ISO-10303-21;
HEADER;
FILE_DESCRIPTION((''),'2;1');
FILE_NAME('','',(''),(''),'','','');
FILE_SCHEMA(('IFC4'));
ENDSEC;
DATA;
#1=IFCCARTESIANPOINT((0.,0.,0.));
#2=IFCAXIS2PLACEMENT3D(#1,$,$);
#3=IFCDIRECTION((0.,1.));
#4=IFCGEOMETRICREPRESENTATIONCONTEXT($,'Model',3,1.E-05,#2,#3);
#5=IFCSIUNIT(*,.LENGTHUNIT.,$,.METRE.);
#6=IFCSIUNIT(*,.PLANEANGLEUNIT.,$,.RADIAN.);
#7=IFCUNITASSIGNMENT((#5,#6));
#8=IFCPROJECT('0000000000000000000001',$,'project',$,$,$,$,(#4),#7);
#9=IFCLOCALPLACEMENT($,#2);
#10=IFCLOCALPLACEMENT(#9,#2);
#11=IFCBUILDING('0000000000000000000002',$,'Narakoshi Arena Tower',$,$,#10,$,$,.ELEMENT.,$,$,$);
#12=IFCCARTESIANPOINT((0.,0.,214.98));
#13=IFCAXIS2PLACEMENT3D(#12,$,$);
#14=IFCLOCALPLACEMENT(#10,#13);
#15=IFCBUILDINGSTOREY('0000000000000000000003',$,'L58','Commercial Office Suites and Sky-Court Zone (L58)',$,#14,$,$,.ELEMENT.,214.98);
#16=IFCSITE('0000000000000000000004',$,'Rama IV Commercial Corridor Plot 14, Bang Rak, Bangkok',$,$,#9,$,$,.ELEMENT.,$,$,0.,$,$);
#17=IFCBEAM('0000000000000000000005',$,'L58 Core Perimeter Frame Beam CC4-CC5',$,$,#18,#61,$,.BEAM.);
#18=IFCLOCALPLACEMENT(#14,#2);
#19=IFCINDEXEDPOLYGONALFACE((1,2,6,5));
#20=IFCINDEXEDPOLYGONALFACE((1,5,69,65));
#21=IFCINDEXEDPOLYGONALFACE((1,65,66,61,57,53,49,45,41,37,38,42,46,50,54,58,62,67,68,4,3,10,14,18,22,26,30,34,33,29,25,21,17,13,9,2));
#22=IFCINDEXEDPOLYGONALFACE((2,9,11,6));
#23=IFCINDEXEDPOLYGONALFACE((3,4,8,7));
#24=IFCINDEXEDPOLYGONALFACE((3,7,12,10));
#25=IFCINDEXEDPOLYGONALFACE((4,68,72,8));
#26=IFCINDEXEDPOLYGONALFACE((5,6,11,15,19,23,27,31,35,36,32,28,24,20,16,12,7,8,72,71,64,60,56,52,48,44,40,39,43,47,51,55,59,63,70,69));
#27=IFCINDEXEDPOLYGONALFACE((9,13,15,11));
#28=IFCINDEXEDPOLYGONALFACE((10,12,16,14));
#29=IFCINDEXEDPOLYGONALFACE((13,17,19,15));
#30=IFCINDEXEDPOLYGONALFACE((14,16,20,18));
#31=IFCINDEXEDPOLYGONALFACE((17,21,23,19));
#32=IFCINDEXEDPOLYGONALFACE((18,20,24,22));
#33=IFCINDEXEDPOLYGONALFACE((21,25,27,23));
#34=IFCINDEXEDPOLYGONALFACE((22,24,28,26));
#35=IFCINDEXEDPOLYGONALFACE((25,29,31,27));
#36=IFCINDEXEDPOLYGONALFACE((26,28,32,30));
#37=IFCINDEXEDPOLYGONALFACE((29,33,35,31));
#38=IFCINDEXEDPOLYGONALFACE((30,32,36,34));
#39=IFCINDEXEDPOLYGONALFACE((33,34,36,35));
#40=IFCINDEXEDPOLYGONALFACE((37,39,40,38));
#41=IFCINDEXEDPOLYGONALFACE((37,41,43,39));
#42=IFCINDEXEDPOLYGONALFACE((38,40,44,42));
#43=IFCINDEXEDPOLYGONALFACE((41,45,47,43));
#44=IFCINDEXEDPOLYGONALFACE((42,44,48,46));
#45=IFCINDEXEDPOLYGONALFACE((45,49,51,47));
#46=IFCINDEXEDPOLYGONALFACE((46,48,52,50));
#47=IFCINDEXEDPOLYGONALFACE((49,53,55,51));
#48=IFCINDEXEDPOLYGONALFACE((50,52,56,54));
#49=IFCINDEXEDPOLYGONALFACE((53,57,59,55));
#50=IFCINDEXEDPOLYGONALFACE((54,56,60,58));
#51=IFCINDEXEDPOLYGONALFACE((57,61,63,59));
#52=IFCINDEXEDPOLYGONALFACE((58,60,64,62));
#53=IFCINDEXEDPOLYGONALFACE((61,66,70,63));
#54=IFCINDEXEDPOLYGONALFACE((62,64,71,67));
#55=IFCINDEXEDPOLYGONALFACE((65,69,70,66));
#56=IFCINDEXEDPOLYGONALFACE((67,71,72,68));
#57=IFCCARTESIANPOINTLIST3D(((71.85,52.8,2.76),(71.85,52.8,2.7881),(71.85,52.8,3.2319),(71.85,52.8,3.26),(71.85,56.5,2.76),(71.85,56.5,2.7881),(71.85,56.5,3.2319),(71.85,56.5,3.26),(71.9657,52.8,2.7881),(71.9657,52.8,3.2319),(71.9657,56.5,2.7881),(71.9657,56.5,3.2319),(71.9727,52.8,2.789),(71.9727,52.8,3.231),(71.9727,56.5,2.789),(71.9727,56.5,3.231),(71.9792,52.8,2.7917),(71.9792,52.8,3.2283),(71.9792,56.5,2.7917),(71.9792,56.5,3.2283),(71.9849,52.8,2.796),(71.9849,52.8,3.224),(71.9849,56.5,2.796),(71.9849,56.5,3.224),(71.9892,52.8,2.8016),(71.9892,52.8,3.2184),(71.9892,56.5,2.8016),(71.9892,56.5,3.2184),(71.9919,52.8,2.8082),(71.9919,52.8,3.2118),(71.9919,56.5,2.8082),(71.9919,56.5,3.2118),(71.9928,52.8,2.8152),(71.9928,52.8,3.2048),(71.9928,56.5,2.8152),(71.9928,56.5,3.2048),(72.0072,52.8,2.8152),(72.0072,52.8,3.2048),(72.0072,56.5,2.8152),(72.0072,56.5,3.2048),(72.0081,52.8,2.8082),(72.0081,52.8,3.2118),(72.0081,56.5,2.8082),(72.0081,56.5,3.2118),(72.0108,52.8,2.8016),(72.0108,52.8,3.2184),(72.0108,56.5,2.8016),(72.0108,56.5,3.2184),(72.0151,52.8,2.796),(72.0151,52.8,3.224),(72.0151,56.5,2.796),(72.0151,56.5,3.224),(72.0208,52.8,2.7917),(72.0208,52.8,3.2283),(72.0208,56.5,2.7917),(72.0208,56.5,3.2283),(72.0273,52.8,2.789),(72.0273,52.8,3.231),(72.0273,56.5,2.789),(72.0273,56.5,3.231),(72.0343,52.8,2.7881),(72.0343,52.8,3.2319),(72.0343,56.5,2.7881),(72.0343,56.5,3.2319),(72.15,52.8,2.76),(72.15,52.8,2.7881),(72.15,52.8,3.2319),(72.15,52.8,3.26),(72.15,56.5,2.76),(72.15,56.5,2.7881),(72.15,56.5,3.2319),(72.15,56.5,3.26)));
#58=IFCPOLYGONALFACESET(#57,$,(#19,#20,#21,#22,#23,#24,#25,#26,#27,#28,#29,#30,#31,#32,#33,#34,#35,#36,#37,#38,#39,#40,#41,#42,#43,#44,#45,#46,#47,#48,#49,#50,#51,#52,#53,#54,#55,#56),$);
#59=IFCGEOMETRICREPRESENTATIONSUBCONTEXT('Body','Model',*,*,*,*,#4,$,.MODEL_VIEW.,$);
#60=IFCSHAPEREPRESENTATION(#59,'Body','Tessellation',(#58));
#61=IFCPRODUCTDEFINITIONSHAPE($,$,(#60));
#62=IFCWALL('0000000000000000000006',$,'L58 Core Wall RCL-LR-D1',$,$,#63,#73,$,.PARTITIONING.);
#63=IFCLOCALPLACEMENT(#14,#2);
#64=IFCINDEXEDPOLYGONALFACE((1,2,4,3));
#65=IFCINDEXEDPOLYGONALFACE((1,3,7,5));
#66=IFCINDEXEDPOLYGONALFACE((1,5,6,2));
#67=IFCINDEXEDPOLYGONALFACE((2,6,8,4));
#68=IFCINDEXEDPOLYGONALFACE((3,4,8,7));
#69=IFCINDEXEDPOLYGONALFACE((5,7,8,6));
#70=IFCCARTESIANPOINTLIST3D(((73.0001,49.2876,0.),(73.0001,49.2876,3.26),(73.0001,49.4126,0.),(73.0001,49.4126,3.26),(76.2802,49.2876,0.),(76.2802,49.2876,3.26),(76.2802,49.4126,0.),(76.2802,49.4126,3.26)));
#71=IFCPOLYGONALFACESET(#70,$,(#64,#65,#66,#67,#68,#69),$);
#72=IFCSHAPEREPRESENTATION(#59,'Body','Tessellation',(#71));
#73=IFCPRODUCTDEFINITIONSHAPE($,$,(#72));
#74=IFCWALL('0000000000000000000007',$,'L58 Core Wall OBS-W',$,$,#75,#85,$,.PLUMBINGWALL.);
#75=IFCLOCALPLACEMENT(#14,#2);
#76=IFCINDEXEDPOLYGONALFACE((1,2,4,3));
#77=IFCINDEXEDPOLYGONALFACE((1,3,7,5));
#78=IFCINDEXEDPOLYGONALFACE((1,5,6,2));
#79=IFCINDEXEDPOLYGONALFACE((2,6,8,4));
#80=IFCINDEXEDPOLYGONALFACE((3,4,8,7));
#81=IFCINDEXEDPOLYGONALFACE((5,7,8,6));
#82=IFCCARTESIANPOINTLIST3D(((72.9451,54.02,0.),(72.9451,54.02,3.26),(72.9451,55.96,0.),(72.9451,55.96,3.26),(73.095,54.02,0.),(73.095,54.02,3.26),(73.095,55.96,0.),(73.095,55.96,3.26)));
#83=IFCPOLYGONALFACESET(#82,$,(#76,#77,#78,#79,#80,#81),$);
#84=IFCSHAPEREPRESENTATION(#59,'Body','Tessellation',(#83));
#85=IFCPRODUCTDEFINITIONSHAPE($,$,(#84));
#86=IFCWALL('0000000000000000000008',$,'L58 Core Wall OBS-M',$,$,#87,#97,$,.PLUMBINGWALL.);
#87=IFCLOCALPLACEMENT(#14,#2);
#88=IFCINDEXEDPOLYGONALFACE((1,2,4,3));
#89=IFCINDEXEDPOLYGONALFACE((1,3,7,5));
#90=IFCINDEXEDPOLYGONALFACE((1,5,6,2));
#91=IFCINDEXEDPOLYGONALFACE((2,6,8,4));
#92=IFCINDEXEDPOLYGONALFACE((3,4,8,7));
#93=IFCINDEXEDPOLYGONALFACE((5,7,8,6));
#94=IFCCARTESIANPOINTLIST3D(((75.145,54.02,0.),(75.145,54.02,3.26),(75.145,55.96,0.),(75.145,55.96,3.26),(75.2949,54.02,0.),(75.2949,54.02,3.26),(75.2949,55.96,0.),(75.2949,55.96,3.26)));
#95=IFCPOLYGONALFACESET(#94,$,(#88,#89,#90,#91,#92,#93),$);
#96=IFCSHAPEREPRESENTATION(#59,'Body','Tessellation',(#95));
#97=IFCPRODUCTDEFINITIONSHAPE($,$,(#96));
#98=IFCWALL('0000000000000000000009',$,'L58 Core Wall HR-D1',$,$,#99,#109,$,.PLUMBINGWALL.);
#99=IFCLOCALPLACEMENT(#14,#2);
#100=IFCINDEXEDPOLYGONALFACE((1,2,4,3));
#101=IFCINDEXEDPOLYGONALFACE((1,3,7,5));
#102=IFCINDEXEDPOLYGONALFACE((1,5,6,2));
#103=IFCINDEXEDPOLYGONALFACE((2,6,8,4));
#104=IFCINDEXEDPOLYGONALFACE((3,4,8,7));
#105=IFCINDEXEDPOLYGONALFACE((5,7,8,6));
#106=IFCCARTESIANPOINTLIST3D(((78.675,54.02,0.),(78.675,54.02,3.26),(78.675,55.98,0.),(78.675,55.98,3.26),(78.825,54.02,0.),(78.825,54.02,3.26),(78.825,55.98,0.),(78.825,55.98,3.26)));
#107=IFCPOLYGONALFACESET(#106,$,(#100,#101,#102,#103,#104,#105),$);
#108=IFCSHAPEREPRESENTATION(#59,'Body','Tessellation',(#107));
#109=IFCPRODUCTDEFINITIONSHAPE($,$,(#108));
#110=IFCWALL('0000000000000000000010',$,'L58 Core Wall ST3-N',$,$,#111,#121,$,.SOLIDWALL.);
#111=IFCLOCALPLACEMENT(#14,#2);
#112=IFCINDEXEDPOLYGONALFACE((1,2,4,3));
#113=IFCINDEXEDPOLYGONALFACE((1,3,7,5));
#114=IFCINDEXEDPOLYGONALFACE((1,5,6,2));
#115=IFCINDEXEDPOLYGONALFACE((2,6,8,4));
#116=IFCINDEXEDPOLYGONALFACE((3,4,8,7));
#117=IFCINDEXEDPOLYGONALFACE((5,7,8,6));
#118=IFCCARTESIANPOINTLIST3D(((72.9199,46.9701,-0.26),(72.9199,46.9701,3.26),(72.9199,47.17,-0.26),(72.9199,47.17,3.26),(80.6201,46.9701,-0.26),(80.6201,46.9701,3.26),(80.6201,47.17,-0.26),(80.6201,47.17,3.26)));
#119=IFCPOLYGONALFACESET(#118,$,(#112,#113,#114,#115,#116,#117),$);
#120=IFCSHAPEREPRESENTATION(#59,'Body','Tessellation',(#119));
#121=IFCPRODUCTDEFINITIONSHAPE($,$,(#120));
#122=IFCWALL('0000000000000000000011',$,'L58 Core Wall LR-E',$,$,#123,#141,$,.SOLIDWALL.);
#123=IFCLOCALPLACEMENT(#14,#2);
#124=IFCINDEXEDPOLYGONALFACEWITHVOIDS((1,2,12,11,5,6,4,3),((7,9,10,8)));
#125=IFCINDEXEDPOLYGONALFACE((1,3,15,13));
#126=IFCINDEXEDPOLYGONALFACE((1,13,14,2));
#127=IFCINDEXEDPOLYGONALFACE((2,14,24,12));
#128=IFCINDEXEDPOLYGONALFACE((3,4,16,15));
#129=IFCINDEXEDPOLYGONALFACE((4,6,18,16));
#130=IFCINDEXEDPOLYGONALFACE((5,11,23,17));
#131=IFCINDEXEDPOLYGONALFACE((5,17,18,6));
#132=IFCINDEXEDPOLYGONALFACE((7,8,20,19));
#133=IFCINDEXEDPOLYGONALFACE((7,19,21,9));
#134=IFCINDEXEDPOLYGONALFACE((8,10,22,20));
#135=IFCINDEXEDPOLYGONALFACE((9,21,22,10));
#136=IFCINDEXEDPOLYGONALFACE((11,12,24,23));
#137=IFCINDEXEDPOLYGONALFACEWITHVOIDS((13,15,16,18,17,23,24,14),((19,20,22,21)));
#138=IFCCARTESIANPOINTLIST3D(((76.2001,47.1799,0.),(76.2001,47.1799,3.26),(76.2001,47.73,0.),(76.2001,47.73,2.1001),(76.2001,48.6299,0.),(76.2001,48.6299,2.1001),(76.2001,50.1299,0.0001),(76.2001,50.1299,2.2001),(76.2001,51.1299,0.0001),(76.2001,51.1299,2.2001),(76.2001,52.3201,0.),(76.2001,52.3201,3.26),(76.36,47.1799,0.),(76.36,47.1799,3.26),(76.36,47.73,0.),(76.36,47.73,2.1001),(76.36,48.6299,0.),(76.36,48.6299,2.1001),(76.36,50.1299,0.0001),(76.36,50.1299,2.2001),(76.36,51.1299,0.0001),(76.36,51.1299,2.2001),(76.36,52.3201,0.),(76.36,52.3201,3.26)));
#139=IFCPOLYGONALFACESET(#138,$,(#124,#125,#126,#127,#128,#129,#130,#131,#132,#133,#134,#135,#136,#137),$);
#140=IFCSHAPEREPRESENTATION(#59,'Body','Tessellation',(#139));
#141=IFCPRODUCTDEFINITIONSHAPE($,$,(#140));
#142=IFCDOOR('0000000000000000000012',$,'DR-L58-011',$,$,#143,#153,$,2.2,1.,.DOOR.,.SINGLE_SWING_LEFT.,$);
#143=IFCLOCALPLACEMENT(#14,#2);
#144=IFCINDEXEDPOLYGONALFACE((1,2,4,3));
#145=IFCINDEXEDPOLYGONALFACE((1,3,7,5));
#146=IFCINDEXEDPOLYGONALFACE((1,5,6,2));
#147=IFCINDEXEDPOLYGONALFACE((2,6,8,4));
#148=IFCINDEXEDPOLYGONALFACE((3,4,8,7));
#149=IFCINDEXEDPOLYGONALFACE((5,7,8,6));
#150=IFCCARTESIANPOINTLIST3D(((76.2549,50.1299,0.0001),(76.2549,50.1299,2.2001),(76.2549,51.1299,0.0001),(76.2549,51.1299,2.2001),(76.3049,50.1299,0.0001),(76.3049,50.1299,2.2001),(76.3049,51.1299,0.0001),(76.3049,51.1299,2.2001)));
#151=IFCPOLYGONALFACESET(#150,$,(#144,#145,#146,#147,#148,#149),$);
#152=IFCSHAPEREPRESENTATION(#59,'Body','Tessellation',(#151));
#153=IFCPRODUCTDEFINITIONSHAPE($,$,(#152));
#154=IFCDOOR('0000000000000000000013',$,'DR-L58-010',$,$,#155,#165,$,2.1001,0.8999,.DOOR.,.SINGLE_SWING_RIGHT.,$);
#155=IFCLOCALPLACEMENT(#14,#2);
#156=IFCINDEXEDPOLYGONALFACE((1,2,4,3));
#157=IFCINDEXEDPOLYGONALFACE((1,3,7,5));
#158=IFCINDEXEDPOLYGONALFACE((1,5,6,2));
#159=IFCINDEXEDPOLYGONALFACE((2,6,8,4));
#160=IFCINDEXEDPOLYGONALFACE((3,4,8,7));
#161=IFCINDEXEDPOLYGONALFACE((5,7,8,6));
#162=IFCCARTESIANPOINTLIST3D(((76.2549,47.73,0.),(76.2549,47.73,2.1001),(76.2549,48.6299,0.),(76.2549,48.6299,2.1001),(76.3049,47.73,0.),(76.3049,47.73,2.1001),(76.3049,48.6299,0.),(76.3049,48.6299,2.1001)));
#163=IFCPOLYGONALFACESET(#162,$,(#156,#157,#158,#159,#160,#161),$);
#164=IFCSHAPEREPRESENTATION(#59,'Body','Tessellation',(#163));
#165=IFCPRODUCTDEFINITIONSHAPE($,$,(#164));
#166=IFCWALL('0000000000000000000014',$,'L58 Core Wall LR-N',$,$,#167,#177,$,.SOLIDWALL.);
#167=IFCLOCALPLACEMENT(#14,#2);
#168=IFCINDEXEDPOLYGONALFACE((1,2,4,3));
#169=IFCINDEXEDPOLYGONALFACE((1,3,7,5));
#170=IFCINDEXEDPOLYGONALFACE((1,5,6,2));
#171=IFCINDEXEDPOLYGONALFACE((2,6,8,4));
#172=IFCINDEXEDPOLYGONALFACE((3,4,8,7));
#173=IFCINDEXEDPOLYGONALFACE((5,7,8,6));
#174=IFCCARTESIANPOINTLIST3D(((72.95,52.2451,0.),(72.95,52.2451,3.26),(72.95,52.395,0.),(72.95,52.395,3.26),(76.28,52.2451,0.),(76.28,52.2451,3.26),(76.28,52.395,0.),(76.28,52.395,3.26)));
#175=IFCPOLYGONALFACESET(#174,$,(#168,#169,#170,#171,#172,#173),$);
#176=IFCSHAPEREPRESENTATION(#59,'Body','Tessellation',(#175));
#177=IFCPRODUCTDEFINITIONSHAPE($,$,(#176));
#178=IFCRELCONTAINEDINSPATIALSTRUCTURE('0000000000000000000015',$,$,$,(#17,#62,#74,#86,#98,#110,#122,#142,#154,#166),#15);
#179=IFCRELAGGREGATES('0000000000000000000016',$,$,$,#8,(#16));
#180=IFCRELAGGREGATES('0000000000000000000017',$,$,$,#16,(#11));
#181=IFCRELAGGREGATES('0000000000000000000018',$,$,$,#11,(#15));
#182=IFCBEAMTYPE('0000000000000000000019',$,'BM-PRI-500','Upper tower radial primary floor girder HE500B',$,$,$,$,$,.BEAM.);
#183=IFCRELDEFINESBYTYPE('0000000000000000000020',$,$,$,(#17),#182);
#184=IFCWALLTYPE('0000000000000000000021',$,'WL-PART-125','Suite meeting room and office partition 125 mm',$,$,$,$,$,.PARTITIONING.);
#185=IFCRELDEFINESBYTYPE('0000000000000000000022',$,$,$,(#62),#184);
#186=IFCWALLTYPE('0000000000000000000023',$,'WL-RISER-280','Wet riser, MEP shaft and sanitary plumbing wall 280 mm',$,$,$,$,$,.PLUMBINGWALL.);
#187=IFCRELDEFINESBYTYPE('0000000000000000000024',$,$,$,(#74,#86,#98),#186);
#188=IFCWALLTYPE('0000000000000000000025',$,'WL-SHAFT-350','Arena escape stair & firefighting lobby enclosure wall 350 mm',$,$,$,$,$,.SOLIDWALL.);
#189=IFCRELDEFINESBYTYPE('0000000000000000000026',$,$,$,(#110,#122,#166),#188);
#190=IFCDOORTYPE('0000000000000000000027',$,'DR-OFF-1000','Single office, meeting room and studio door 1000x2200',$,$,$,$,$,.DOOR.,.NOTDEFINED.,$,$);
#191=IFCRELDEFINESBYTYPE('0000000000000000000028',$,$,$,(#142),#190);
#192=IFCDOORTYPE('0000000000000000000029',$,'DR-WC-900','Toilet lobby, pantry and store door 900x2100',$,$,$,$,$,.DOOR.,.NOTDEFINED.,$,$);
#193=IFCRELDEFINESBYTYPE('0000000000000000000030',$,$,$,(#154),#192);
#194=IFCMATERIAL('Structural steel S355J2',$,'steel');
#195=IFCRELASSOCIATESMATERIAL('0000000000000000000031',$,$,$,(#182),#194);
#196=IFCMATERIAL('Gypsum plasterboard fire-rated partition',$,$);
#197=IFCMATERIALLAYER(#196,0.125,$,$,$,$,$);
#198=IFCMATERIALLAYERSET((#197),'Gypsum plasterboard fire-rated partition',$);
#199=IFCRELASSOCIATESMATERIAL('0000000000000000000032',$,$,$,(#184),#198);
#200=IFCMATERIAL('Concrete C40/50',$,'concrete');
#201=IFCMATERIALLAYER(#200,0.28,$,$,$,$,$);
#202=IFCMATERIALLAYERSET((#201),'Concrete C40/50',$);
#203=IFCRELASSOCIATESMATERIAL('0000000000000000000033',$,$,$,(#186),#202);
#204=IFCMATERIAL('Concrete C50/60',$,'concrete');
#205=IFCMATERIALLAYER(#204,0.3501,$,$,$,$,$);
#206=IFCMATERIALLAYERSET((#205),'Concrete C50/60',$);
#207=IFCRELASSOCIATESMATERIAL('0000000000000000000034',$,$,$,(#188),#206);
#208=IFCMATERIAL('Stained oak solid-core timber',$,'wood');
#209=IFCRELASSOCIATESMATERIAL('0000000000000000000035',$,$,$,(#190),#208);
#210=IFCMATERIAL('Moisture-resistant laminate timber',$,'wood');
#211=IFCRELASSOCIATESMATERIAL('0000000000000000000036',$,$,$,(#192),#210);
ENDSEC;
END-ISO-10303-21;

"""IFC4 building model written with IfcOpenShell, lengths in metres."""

from ifc_helpers import new_model, si_unit, direction, frame, frame_2d, origin, origin_2d, place, context, subcontext, project, spatial, rectangle, i_section, extrude, material, layer, layer_set, material_profile, profile_set, type_object, element, fill, save


model = new_model("IFC4")

# Units and contexts
model_context = context("Model", 3, precision=1e-05, world=origin(), true_north=direction((0.0, 1.0)))
body_context = subcontext(model_context, "Body", "Model", "MODEL_VIEW")
ifc_project = project(units=[si_unit("LENGTHUNIT", "METRE"), si_unit("PLANEANGLEUNIT", "RADIAN")], contexts=[model_context])

# Site, building, storey
site_placement = place(None, origin())
site = spatial("IfcSite", under=ifc_project, at=site_placement, Name="Rama IV Commercial Corridor Plot 14, Bang Rak, Bangkok", CompositionType="ELEMENT", RefElevation=0.0)
building_placement = place(site_placement, origin())
building = spatial("IfcBuilding", under=site, at=building_placement, Name="Narakoshi Arena Tower", CompositionType="ELEMENT")
storey_placement = place(building_placement, frame((0.0, 0.0, 214.98)))
storey = spatial("IfcBuildingStorey", under=building, at=storey_placement, Name="L58", Description="Commercial Office Suites and Sky-Court Zone (L58)", CompositionType="ELEMENT", Elevation=214.98)

# Beam
ifc_material_1 = material(Name="Structural steel S355J2", Category="steel")
ifc_material_profile = material_profile(ifc_material_1, i_section(OverallWidth=0.3, OverallDepth=0.5, WebThickness=0.0144, FlangeThickness=0.0281, FilletRadius=0.0271, at=origin_2d()), Name="HE500B")
ifc_profile_set = profile_set([ifc_material_profile], Name="Structural steel S355J2")
beam_type = type_object("IfcBeamType", Name="BM-PRI-500", Description="Upper tower radial primary floor girder HE500B", PredefinedType="BEAM", material=ifc_profile_set)
beam_placement = place(storey_placement, frame((72.0, 52.8, 3.01), z_axis=(0.0, 1.0, 0.0), x_axis=(-1.0, 0.0, 0.0)))
element("IfcBeam", 1, at=beam_placement, inside=storey, type_object=beam_type, Name="L58 Core Perimeter Frame Beam CC4-CC5", PredefinedType="BEAM", context=body_context, shape_type="SweptSolid", body=[
    extrude(i_section(OverallWidth=0.3, OverallDepth=0.5, WebThickness=0.0144, FlangeThickness=0.0281, FilletRadius=0.0271, at=origin_2d()), origin(), (0.0, 0.0, 1.0), 3.7),
])

# Walls
ifc_material_2 = material(Name="Gypsum plasterboard fire-rated partition")
ifc_layer_1 = layer(ifc_material_2, 0.125)
ifc_layer_set_1 = layer_set([ifc_layer_1], Name="Gypsum plasterboard fire-rated partition")
wall_type_1 = type_object("IfcWallType", Name="WL-PART-125", Description="Suite meeting room and office partition 125 mm", PredefinedType="PARTITIONING", material=ifc_layer_set_1)
wall_1_placement = place(storey_placement, frame((73.0, 49.3501, 0.0), z_axis=(0.0, 0.0, 1.0), x_axis=(1.0, 0.0, 0.0)))
element("IfcWall", 2, at=wall_1_placement, inside=storey, type_object=wall_type_1, Name="L58 Core Wall RCL-LR-D1", PredefinedType="PARTITIONING", context=body_context, shape_type="SweptSolid", body=[
    extrude(rectangle(XDim=3.28, YDim=0.125, at=frame_2d((1.6401, 0.0))), origin(), (0.0, 0.0, 1.0), 3.26),
])
ifc_material_3 = material(Name="Concrete C40/50", Category="concrete")
ifc_layer_2 = layer(ifc_material_3, 0.28)
ifc_layer_set_2 = layer_set([ifc_layer_2], Name="Concrete C40/50")
wall_type_2 = type_object("IfcWallType", Name="WL-RISER-280", Description="Wet riser, MEP shaft and sanitary plumbing wall 280 mm", PredefinedType="PLUMBINGWALL", material=ifc_layer_set_2)
for number, where, z_axis, x_axis, name in (
    (3, (73.02, 54.02, 0.0), (0.0, 0.0, 1.0), (0.0, 1.0, 0.0), "L58 Core Wall OBS-W"),
    (4, (75.22, 54.02, 0.0), (0.0, 0.0, 1.0), (0.0, 1.0, 0.0), "L58 Core Wall OBS-M"),
):
    element("IfcWall", number, at=place(storey_placement, frame(where, z_axis=z_axis, x_axis=x_axis)), inside=storey, type_object=wall_type_2, Name=name, PredefinedType="PLUMBINGWALL", context=body_context, shape_type="SweptSolid", body=[
        extrude(rectangle(XDim=1.9399, YDim=0.1499, at=frame_2d((0.97, 0.0))), origin(), (0.0, 0.0, 1.0), 3.26),
    ])
wall_2_placement = place(storey_placement, frame((78.75, 54.02, 0.0), z_axis=(0.0, 0.0, 1.0), x_axis=(0.0, 1.0, 0.0)))
element("IfcWall", 5, at=wall_2_placement, inside=storey, type_object=wall_type_2, Name="L58 Core Wall HR-D1", PredefinedType="PLUMBINGWALL", context=body_context, shape_type="SweptSolid", body=[
    extrude(rectangle(XDim=1.96, YDim=0.1499, at=frame_2d((0.98, 0.0))), origin(), (0.0, 0.0, 1.0), 3.26),
])
ifc_material_4 = material(Name="Concrete C50/60", Category="concrete")
ifc_layer_3 = layer(ifc_material_4, 0.3501)
ifc_layer_set_3 = layer_set([ifc_layer_3], Name="Concrete C50/60")
wall_type_3 = type_object("IfcWallType", Name="WL-SHAFT-350", Description="Arena escape stair & firefighting lobby enclosure wall 350 mm", PredefinedType="SOLIDWALL", material=ifc_layer_set_3)
wall_3_placement = place(storey_placement, frame((72.9199, 47.0701, -0.26), z_axis=(0.0, 0.0, 1.0), x_axis=(1.0, 0.0, 0.0)))
element("IfcWall", 6, at=wall_3_placement, inside=storey, type_object=wall_type_3, Name="L58 Core Wall ST3-N", PredefinedType="SOLIDWALL", context=body_context, shape_type="SweptSolid", body=[
    extrude(rectangle(XDim=7.7002, YDim=0.2, at=frame_2d((3.8501, 0.0))), origin(), (0.0, 0.0, 1.0), 3.52),
])

# Wall, openings, doors
wall_4_placement = place(storey_placement, frame((76.28, 47.1799, 0.0), z_axis=(0.0, 0.0, 1.0), x_axis=(0.0, 1.0, 0.0)))
wall_4 = element("IfcWall", 7, at=wall_4_placement, inside=storey, type_object=wall_type_3, Name="L58 Core Wall LR-E", PredefinedType="SOLIDWALL", context=body_context, shape_type="SweptSolid", body=[
    extrude(rectangle(XDim=5.1401, YDim=0.1599, at=frame_2d((2.5701, 0.0))), origin(), (0.0, 0.0, 1.0), 3.26),
])
opening_1_placement = place(wall_4_placement, frame((0.55, 0.0, 0.0)))
opening_1 = element("IfcOpeningElement", 8, at=opening_1_placement, cuts=wall_4, PredefinedType="OPENING", context=body_context, shape_type="SweptSolid", body=[
    extrude(rectangle(XDim=0.8999, YDim=2.1001, at=frame_2d((0.45, 1.05))), frame((0.0, 0.0898, 0.0), z_axis=(0.0, -1.0, 0.0), x_axis=(1.0, 0.0, 0.0)), (0.0, 0.0, 1.0), 0.1799),
])
opening_2_placement = place(wall_4_placement, frame((2.95, 0.0, 0.0)))
opening_2 = element("IfcOpeningElement", 9, at=opening_2_placement, cuts=wall_4, PredefinedType="OPENING", context=body_context, shape_type="SweptSolid", body=[
    extrude(rectangle(XDim=1.0, YDim=2.2, at=frame_2d((0.5, 1.1001))), frame((0.0, 0.0898, 0.0), z_axis=(0.0, -1.0, 0.0), x_axis=(1.0, 0.0, 0.0)), (0.0, 0.0, 1.0), 0.1799),
])
ifc_material_5 = material(Name="Stained oak solid-core timber", Category="wood")
door_type_1 = type_object("IfcDoorType", Name="DR-OFF-1000", Description="Single office, meeting room and studio door 1000x2200", OperationType="NOTDEFINED", PredefinedType="DOOR", material=ifc_material_5)
door_1_placement = place(opening_2_placement, frame((1.0, 0.0, 0.0), z_axis=(0.0, 0.0, 1.0), x_axis=(-1.0, 0.0, 0.0)))
door_1 = element("IfcDoor", 10, at=door_1_placement, inside=storey, type_object=door_type_1, Name="DR-L58-011", OperationType="SINGLE_SWING_LEFT", OverallHeight=2.2, OverallWidth=1.0, PredefinedType="DOOR", context=body_context, shape_type="SweptSolid", body=[
    extrude(rectangle(XDim=1.0, YDim=2.2, at=frame_2d((0.5, 1.1001))), frame((0.0, 0.0249, 0.0), z_axis=(0.0, -1.0, 0.0), x_axis=(1.0, 0.0, 0.0)), (0.0, 0.0, 1.0), 0.05),
])
fill(opening_2, door_1)
ifc_material_6 = material(Name="Moisture-resistant laminate timber", Category="wood")
door_type_2 = type_object("IfcDoorType", Name="DR-WC-900", Description="Toilet lobby, pantry and store door 900x2100", OperationType="NOTDEFINED", PredefinedType="DOOR", material=ifc_material_6)
door_2_placement = place(opening_1_placement, frame((0.8999, 0.0, 0.0), z_axis=(0.0, 0.0, 1.0), x_axis=(-1.0, 0.0, 0.0)))
door_2 = element("IfcDoor", 11, at=door_2_placement, inside=storey, type_object=door_type_2, Name="DR-L58-010", OperationType="SINGLE_SWING_RIGHT", OverallHeight=2.1001, OverallWidth=0.8999, PredefinedType="DOOR", context=body_context, shape_type="SweptSolid", body=[
    extrude(rectangle(XDim=0.8999, YDim=2.1001, at=frame_2d((0.45, 1.05))), frame((0.0, 0.0249, 0.0), z_axis=(0.0, -1.0, 0.0), x_axis=(1.0, 0.0, 0.0)), (0.0, 0.0, 1.0), 0.05),
])
fill(opening_1, door_2)

# Wall
wall_5_placement = place(storey_placement, frame((72.95, 52.3201, 0.0), z_axis=(0.0, 0.0, 1.0), x_axis=(1.0, 0.0, 0.0)))
element("IfcWall", 12, at=wall_5_placement, inside=storey, type_object=wall_type_3, Name="L58 Core Wall LR-N", PredefinedType="SOLIDWALL", context=body_context, shape_type="SweptSolid", body=[
    extrude(rectangle(XDim=3.3301, YDim=0.1499, at=frame_2d((1.665, 0.0))), origin(), (0.0, 0.0, 1.0), 3.26),
])

save(model, "model.ifc")
